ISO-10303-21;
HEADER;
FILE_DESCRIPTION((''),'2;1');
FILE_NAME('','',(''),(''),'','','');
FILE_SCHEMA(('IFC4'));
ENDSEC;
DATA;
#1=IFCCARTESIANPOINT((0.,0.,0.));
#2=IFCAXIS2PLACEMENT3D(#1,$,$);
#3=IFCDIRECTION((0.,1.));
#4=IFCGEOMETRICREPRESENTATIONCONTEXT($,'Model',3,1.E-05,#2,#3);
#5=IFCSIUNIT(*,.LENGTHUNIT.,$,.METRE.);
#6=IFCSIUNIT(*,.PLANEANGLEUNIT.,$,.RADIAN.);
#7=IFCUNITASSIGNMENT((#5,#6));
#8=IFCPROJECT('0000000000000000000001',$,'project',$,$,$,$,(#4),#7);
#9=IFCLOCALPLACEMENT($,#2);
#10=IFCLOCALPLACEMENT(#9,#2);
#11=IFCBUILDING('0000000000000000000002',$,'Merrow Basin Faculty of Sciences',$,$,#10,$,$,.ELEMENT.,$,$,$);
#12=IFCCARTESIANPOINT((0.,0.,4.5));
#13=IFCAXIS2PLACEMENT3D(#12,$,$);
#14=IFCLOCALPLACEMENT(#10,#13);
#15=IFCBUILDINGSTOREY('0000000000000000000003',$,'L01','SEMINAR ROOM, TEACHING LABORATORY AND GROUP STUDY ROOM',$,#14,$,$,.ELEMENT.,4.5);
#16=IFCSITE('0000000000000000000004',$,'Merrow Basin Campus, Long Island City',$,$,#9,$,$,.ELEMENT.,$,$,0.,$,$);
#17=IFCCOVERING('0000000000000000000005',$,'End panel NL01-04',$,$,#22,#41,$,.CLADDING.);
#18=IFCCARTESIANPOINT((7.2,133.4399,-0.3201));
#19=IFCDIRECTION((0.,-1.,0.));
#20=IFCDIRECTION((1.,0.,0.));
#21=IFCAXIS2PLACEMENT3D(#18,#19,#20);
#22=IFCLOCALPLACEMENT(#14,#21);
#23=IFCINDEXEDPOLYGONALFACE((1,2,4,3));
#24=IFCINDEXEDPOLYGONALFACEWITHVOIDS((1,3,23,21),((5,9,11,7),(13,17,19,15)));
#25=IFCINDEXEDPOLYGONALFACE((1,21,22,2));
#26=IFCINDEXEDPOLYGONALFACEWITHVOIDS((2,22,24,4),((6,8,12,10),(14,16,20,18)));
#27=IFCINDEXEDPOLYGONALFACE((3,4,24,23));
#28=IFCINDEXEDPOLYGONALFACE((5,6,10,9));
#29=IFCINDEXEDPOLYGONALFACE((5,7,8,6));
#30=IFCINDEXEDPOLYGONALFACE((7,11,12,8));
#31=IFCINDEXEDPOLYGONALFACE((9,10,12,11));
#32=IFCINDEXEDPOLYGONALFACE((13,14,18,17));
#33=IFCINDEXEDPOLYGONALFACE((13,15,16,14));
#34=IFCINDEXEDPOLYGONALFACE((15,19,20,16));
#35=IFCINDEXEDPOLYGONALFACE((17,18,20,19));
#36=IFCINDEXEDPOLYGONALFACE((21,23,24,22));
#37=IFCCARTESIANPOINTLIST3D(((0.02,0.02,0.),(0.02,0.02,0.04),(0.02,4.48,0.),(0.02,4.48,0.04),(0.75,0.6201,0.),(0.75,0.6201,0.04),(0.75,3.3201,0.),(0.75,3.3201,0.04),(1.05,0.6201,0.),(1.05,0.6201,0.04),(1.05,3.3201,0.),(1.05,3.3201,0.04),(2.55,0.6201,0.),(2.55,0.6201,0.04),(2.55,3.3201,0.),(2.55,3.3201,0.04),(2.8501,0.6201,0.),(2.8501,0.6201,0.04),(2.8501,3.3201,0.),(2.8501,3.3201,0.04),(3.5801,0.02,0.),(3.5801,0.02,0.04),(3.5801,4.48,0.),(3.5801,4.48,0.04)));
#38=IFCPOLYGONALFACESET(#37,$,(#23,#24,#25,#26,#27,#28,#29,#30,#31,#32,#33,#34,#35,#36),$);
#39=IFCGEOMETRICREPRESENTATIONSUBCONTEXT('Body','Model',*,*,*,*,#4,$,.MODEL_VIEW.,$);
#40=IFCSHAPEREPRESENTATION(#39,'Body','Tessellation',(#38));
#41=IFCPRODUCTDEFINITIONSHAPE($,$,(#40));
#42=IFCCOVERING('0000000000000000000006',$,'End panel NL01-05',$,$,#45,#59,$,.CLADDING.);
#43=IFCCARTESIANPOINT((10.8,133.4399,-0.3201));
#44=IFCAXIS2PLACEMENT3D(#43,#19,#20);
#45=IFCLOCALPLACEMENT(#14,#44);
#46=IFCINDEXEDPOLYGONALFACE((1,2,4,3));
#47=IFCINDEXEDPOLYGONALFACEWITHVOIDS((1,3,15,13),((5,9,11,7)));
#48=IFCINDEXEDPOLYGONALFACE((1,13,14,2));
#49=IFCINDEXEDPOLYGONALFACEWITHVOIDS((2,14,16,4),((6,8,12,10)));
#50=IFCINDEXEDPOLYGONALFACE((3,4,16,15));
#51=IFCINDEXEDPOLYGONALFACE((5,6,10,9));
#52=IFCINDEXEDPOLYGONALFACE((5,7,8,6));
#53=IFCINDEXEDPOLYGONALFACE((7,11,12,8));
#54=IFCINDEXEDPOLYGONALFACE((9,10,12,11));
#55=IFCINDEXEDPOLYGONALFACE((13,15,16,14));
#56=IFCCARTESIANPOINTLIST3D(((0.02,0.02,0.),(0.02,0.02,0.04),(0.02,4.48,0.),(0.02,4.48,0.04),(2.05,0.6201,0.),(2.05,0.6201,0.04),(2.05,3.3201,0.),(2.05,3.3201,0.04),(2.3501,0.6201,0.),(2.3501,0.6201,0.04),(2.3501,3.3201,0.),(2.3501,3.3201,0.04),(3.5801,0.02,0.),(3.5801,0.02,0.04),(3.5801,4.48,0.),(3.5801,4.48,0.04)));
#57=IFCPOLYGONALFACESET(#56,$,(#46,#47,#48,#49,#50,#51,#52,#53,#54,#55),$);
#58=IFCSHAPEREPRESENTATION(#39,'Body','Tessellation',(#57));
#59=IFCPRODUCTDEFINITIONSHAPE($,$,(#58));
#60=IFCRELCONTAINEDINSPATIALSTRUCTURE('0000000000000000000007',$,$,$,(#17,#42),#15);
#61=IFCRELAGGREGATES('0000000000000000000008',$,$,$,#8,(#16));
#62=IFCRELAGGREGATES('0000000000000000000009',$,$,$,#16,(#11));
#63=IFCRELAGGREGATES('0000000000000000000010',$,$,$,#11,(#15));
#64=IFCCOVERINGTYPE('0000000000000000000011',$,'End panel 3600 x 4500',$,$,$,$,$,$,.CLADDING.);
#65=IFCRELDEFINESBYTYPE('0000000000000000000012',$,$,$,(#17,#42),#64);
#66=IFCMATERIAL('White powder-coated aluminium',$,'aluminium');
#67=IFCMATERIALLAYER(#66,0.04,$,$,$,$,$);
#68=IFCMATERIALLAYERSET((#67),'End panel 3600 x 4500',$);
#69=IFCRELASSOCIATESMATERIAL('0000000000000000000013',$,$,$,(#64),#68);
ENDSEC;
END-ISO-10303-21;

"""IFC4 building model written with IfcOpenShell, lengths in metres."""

from ifc_helpers import new_model, si_unit, direction, frame, origin, place, context, subcontext, project, spatial, polyline, outline, extrude, source, transform, mapped, material, layer, layer_set, type_object, element, save


model = new_model("IFC4")

# Units and contexts
model_context = context("Model", 3, precision=1e-05, world=origin(), true_north=direction((0.0, 1.0)))
body_context = subcontext(model_context, "Body", "Model", "MODEL_VIEW")
ifc_project = project(units=[si_unit("LENGTHUNIT", "METRE"), si_unit("PLANEANGLEUNIT", "RADIAN")], contexts=[model_context])

# Site, building, storey
site_placement = place(None, origin())
site = spatial("IfcSite", under=ifc_project, at=site_placement, Name="Merrow Basin Campus, Long Island City", CompositionType="ELEMENT", RefElevation=0.0)
building_placement = place(site_placement, origin())
building = spatial("IfcBuilding", under=site, at=building_placement, Name="Merrow Basin Faculty of Sciences", CompositionType="ELEMENT")
storey_placement = place(building_placement, frame((0.0, 0.0, 4.5)))
storey = spatial("IfcBuildingStorey", under=building, at=storey_placement, Name="L01", Description="SEMINAR ROOM, TEACHING LABORATORY AND GROUP STUDY ROOM", CompositionType="ELEMENT", Elevation=4.5)

# Coverings
ifc_material_1 = material(Name="White powder-coated aluminium", Category="aluminium")
ifc_layer_1 = layer(ifc_material_1, 0.04)
ifc_layer_set_1 = layer_set([ifc_layer_1], Name="End panel 3600 x 4500")
covering_type = type_object("IfcCoveringType", Name="End panel 3600 x 4500", PredefinedType="CLADDING", material=ifc_layer_set_1)
shared_shape_1 = source(origin(), body_context, "Body", "SweptSolid", [
    extrude(outline(polyline([(0.02, 0.02), (3.5801, 0.02), (3.5801, 4.48), (0.02, 4.48), (0.02, 0.02)]), holes=[polyline([(0.75, 0.6201), (1.05, 0.6201), (1.05, 3.3201), (0.75, 3.3201), (0.75, 0.6201)]), polyline([(2.55, 0.6201), (2.8501, 0.6201), (2.8501, 3.3201), (2.55, 3.3201), (2.55, 0.6201)])]), origin(), (0.0, 0.0, 1.0), 0.04),
])
covering_1_placement = place(storey_placement, frame((7.2, 133.4399, -0.3201), z_axis=(0.0, -1.0, 0.0), x_axis=(1.0, 0.0, 0.0)))
element("IfcCovering", 1, at=covering_1_placement, inside=storey, type_object=covering_type, Name="End panel NL01-04", PredefinedType="CLADDING", context=body_context, shape_type="MappedRepresentation", body=[
    mapped(shared_shape_1, transform((0.0, 0.0, 0.0), scale=1.0)),
])
shared_shape_2 = source(origin(), body_context, "Body", "SweptSolid", [
    extrude(outline(polyline([(0.02, 0.02), (3.5801, 0.02), (3.5801, 4.48), (0.02, 4.48), (0.02, 0.02)]), holes=[polyline([(2.05, 0.6201), (2.3501, 0.6201), (2.3501, 3.3201), (2.05, 3.3201), (2.05, 0.6201)])]), origin(), (0.0, 0.0, 1.0), 0.04),
])
covering_2_placement = place(storey_placement, frame((10.8, 133.4399, -0.3201), z_axis=(0.0, -1.0, 0.0), x_axis=(1.0, 0.0, 0.0)))
element("IfcCovering", 2, at=covering_2_placement, inside=storey, type_object=covering_type, Name="End panel NL01-05", PredefinedType="CLADDING", context=body_context, shape_type="MappedRepresentation", body=[
    mapped(shared_shape_2, transform((0.0, 0.0, 0.0), scale=1.0)),
])

save(model, "model.ifc")
